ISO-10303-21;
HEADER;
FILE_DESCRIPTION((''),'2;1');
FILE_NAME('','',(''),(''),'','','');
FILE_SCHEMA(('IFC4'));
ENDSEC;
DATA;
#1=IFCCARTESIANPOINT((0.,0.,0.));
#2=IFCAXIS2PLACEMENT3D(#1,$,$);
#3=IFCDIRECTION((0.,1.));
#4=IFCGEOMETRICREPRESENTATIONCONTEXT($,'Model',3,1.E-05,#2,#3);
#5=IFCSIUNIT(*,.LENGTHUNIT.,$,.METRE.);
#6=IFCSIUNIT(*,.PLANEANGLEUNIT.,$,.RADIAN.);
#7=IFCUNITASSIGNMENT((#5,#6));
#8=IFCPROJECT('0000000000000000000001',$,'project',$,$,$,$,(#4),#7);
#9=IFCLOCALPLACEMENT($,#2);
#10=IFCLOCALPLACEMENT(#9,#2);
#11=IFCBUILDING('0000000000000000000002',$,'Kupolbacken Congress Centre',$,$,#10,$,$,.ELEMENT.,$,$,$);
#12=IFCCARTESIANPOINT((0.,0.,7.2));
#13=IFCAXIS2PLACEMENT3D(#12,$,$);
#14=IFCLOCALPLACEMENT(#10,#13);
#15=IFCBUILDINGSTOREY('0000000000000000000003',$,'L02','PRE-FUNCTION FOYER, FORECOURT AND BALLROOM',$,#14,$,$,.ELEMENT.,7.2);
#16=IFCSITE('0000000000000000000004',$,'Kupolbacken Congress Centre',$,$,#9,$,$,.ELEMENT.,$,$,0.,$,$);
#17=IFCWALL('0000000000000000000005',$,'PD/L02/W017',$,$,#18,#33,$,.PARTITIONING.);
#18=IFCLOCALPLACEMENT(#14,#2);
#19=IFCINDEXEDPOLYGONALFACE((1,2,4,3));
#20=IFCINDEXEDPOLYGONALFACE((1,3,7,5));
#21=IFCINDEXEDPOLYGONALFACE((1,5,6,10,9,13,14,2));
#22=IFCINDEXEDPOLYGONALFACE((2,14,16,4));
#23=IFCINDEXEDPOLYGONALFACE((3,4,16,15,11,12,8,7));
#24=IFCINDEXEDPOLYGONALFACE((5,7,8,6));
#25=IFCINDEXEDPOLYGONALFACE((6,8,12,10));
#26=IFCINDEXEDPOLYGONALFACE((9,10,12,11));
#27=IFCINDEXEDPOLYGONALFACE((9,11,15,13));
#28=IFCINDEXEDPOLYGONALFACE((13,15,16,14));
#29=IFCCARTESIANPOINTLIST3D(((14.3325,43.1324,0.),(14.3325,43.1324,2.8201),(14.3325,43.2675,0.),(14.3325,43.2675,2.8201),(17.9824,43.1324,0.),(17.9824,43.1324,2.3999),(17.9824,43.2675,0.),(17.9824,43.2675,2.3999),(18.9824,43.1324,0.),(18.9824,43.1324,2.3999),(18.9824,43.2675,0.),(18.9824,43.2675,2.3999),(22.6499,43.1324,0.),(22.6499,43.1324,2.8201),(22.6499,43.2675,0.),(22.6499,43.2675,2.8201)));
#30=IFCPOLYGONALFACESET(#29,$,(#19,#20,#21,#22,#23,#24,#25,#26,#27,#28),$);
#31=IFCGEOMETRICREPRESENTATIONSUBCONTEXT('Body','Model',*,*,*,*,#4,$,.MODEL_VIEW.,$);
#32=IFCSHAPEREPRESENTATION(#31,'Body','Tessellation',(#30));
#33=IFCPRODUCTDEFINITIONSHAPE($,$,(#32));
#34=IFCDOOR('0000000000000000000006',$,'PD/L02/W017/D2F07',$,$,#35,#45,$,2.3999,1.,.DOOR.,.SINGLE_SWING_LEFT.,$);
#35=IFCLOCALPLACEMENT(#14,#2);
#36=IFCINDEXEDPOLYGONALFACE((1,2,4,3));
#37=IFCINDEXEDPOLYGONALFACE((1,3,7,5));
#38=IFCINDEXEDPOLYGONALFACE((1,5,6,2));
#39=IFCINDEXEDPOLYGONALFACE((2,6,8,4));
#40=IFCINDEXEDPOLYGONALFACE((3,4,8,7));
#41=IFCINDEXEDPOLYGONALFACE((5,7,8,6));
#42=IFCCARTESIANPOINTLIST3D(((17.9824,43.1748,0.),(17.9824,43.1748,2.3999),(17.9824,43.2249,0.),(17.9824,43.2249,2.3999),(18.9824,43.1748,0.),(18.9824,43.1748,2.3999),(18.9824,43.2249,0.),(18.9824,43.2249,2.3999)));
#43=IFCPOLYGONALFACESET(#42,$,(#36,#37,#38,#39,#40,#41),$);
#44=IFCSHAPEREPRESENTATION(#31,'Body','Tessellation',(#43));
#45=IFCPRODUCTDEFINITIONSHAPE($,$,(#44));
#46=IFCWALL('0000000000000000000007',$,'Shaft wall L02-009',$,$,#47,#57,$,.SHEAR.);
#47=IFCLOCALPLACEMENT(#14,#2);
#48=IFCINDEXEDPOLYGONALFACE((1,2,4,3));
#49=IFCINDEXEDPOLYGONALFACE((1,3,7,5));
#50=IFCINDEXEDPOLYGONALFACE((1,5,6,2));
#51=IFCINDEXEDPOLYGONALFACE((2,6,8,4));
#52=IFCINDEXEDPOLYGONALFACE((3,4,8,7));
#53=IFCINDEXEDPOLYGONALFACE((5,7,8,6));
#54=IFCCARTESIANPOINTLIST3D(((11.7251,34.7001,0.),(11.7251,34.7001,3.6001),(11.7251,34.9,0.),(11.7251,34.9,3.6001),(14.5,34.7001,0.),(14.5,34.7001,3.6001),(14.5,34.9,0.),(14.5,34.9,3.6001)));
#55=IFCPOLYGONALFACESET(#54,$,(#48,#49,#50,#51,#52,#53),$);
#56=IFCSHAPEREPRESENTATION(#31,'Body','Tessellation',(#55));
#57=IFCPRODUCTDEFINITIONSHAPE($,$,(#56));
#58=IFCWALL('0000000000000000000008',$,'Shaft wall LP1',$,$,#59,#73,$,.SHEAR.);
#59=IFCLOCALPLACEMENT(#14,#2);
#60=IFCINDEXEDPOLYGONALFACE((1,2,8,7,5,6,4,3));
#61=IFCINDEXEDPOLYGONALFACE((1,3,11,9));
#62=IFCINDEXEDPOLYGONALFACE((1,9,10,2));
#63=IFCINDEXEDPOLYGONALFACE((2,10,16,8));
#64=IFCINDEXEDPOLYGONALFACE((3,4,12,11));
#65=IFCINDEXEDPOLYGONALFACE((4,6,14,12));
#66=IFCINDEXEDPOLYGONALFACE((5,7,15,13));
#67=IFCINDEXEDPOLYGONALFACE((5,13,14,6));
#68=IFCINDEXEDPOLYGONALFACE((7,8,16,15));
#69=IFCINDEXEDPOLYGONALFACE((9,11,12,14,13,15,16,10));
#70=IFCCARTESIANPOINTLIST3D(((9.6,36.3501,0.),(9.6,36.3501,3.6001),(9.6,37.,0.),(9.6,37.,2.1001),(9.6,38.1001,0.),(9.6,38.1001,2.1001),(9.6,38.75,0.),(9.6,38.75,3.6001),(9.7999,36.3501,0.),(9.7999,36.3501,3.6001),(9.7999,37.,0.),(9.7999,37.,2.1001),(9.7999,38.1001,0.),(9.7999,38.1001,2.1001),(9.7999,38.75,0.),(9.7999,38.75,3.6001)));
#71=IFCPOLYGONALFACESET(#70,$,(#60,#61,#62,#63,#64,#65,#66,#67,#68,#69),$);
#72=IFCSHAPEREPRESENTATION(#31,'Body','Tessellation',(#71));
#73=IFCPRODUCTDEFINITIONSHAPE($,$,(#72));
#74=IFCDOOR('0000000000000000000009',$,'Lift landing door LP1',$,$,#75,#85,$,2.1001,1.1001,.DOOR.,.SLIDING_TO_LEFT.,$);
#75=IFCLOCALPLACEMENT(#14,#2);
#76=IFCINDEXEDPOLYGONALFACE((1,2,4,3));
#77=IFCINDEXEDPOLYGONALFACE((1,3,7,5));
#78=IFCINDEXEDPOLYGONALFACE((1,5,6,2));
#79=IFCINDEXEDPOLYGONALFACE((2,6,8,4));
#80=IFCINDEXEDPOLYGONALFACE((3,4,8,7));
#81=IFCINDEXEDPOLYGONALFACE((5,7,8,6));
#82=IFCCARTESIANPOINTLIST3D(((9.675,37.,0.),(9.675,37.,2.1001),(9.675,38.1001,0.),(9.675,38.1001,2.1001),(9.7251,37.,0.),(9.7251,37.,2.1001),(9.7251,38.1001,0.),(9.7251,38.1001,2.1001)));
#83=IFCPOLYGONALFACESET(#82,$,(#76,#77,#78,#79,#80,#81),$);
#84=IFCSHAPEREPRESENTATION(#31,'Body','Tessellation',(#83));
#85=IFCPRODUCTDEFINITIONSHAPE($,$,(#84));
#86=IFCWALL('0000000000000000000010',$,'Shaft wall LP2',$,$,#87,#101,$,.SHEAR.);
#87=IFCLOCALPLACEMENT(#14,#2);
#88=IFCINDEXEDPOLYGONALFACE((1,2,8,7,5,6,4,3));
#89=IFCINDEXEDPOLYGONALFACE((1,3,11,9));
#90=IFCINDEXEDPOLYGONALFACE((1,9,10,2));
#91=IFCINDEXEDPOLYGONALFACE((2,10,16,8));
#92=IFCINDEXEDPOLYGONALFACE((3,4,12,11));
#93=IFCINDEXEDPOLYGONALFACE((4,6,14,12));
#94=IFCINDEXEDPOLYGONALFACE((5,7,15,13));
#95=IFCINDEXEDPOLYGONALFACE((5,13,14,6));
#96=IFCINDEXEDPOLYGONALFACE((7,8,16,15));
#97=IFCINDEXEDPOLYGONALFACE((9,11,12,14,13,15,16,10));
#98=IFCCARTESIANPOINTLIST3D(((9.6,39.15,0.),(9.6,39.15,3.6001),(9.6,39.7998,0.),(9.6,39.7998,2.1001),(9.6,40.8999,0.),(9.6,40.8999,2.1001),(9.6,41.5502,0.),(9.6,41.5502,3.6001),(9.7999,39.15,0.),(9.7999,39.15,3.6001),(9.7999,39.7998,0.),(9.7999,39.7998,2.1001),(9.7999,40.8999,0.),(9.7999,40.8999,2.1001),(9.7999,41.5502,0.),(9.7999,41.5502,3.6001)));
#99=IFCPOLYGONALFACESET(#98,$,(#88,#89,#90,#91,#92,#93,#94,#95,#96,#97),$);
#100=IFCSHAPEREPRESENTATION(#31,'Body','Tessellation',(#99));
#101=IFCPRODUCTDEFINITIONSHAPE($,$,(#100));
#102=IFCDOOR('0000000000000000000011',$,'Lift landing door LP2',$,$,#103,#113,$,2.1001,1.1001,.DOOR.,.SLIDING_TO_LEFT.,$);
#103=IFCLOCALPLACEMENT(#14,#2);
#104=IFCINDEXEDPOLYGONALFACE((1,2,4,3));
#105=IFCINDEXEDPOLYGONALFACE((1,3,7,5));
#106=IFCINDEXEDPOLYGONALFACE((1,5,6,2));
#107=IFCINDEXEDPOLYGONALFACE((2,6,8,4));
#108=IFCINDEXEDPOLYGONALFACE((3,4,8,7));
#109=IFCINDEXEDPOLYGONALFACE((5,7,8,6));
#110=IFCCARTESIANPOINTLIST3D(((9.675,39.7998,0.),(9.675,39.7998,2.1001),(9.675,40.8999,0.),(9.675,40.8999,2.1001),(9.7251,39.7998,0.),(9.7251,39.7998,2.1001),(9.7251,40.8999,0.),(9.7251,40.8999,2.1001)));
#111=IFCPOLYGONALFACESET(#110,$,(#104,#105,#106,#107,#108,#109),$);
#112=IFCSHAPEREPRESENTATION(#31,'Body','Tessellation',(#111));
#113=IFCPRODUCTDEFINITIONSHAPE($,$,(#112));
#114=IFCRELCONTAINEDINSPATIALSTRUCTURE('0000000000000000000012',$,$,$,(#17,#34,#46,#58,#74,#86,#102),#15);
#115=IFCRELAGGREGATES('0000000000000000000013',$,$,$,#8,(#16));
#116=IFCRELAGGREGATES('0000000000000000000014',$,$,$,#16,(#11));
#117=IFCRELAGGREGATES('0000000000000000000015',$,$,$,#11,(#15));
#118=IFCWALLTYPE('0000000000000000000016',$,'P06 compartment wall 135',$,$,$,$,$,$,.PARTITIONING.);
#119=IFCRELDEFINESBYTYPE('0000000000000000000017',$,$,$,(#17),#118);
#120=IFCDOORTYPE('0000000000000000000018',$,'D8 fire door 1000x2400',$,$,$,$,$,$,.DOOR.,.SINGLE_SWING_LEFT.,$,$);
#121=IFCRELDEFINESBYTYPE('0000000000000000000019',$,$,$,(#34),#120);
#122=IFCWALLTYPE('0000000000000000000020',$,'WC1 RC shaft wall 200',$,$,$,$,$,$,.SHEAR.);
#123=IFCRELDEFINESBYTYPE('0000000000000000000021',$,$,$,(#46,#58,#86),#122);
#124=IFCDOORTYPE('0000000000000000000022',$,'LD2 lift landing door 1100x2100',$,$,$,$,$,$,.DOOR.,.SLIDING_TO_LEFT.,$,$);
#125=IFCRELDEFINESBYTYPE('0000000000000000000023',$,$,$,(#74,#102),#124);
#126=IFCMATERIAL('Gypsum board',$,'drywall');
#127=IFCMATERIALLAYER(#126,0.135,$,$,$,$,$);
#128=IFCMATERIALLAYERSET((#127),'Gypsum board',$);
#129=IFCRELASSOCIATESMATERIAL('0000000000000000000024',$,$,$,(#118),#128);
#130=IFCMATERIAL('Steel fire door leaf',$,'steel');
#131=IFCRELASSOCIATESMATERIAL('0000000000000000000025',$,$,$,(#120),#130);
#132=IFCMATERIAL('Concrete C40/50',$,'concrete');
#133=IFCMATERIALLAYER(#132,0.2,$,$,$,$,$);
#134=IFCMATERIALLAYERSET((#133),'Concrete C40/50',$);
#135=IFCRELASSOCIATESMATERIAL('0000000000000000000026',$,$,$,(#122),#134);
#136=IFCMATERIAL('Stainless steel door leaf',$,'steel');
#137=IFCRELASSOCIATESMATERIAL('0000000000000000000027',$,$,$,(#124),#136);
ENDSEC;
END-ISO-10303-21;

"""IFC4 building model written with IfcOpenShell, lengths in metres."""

from ifc_helpers import new_model, si_unit, direction, frame, frame_2d, origin, place, context, subcontext, project, spatial, rectangle, extrude, material, layer, layer_set, type_object, element, fill, save


model = new_model("IFC4")

# Units and contexts
model_context = context("Model", 3, precision=1e-05, world=origin(), true_north=direction((0.0, 1.0)))
body_context = subcontext(model_context, "Body", "Model", "MODEL_VIEW")
ifc_project = project(units=[si_unit("LENGTHUNIT", "METRE"), si_unit("PLANEANGLEUNIT", "RADIAN")], contexts=[model_context])

# Site, building, storey
site_placement = place(None, origin())
site = spatial("IfcSite", under=ifc_project, at=site_placement, Name="Kupolbacken Congress Centre", CompositionType="ELEMENT", RefElevation=0.0)
building_placement = place(site_placement, origin())
building = spatial("IfcBuilding", under=site, at=building_placement, Name="Kupolbacken Congress Centre", CompositionType="ELEMENT")
storey_placement = place(building_placement, frame((0.0, 0.0, 7.2)))
storey = spatial("IfcBuildingStorey", under=building, at=storey_placement, Name="L02", Description="PRE-FUNCTION FOYER, FORECOURT AND BALLROOM", CompositionType="ELEMENT", Elevation=7.2)

# Wall, opening, door
ifc_material_1 = material(Name="Gypsum board", Category="drywall")
ifc_layer_1 = layer(ifc_material_1, 0.135)
ifc_layer_set_1 = layer_set([ifc_layer_1], Name="Gypsum board")
wall_type_1 = type_object("IfcWallType", Name="P06 compartment wall 135", PredefinedType="PARTITIONING", material=ifc_layer_set_1)
wall_1_placement = place(storey_placement, frame((14.3325, 43.2, 0.0), z_axis=(0.0, 0.0, 1.0), x_axis=(1.0, 0.0, 0.0)))
wall_1 = element("IfcWall", 1, at=wall_1_placement, inside=storey, type_object=wall_type_1, Name="PD/L02/W017", PredefinedType="PARTITIONING", context=body_context, shape_type="SweptSolid", body=[
    extrude(rectangle(XDim=8.3174, YDim=0.135, at=frame_2d((4.1587, 0.0))), origin(), (0.0, 0.0, 1.0), 2.8201),
])
opening_1_placement = place(wall_1_placement, frame((3.6499, 0.0, 0.0)))
opening_1 = element("IfcOpeningElement", 2, at=opening_1_placement, cuts=wall_1, PredefinedType="OPENING", context=body_context, shape_type="SweptSolid", body=[
    extrude(rectangle(XDim=1.0, YDim=2.3999, at=frame_2d((0.5, 1.2))), frame((0.0, 0.0774, 0.0), z_axis=(0.0, -1.0, 0.0), x_axis=(1.0, 0.0, 0.0)), (0.0, 0.0, 1.0), 0.155),
])
ifc_material_2 = material(Name="Steel fire door leaf", Category="steel")
door_type_1 = type_object("IfcDoorType", Name="D8 fire door 1000x2400", OperationType="SINGLE_SWING_LEFT", PredefinedType="DOOR", material=ifc_material_2)
door_1_placement = place(opening_1_placement, origin())
door_1 = element("IfcDoor", 3, at=door_1_placement, inside=storey, type_object=door_type_1, Name="PD/L02/W017/D2F07", OperationType="SINGLE_SWING_LEFT", OverallHeight=2.3999, OverallWidth=1.0, PredefinedType="DOOR", context=body_context, shape_type="SweptSolid", body=[
    extrude(rectangle(XDim=1.0, YDim=2.3999, at=frame_2d((0.5, 1.2))), frame((0.0, 0.0249, 0.0), z_axis=(0.0, -1.0, 0.0), x_axis=(1.0, 0.0, 0.0)), (0.0, 0.0, 1.0), 0.05),
])
fill(opening_1, door_1)

# Wall
ifc_material_3 = material(Name="Concrete C40/50", Category="concrete")
ifc_layer_2 = layer(ifc_material_3, 0.2)
ifc_layer_set_2 = layer_set([ifc_layer_2], Name="Concrete C40/50")
wall_type_2 = type_object("IfcWallType", Name="WC1 RC shaft wall 200", PredefinedType="SHEAR", material=ifc_layer_set_2)
wall_2_placement = place(storey_placement, frame((14.5, 34.8, 0.0), z_axis=(0.0, 0.0, 1.0), x_axis=(-1.0, 0.0, 0.0)))
element("IfcWall", 4, at=wall_2_placement, inside=storey, type_object=wall_type_2, Name="Shaft wall L02-009", PredefinedType="SHEAR", context=body_context, shape_type="SweptSolid", body=[
    extrude(rectangle(XDim=2.7749, YDim=0.2, at=frame_2d((1.3875, 0.0))), origin(), (0.0, 0.0, 1.0), 3.6001),
])

# Walls, openings, doors
wall_3_placement = place(storey_placement, frame((9.7, 36.3501, 0.0), z_axis=(0.0, 0.0, 1.0), x_axis=(0.0, 1.0, 0.0)))
wall_3 = element("IfcWall", 5, at=wall_3_placement, inside=storey, type_object=wall_type_2, Name="Shaft wall LP1", PredefinedType="SHEAR", context=body_context, shape_type="SweptSolid", body=[
    extrude(rectangle(XDim=2.3999, YDim=0.2, at=frame_2d((1.2, 0.0))), origin(), (0.0, 0.0, 1.0), 3.6001),
])
opening_2_placement = place(wall_3_placement, frame((0.6499, 0.0, 0.0)))
opening_2 = element("IfcOpeningElement", 6, at=opening_2_placement, cuts=wall_3, PredefinedType="OPENING", context=body_context, shape_type="SweptSolid", body=[
    extrude(rectangle(XDim=1.1001, YDim=2.1001, at=frame_2d((0.55, 1.05))), frame((0.0, 0.1099, 0.0), z_axis=(0.0, -1.0, 0.0), x_axis=(1.0, 0.0, 0.0)), (0.0, 0.0, 1.0), 0.22),
])
ifc_material_4 = material(Name="Stainless steel door leaf", Category="steel")
door_type_2 = type_object("IfcDoorType", Name="LD2 lift landing door 1100x2100", OperationType="SLIDING_TO_LEFT", PredefinedType="DOOR", material=ifc_material_4)
door_2_placement = place(opening_2_placement, origin())
door_2 = element("IfcDoor", 7, at=door_2_placement, inside=storey, type_object=door_type_2, Name="Lift landing door LP1", OperationType="SLIDING_TO_LEFT", OverallHeight=2.1001, OverallWidth=1.1001, PredefinedType="DOOR", context=body_context, shape_type="SweptSolid", body=[
    extrude(rectangle(XDim=1.1001, YDim=2.1001, at=frame_2d((0.55, 1.05))), frame((0.0, 0.0249, 0.0), z_axis=(0.0, -1.0, 0.0), x_axis=(1.0, 0.0, 0.0)), (0.0, 0.0, 1.0), 0.05),
])
fill(opening_2, door_2)
wall_4_placement = place(storey_placement, frame((9.7, 39.1499, 0.0), z_axis=(0.0, 0.0, 1.0), x_axis=(0.0, 1.0, 0.0)))
wall_4 = element("IfcWall", 8, at=wall_4_placement, inside=storey, type_object=wall_type_2, Name="Shaft wall LP2", PredefinedType="SHEAR", context=body_context, shape_type="SweptSolid", body=[
    extrude(rectangle(XDim=2.4001, YDim=0.2, at=frame_2d((1.2002, 0.0))), origin(), (0.0, 0.0, 1.0), 3.6001),
])
opening_3_placement = place(wall_4_placement, frame((0.6499, 0.0, 0.0)))
opening_3 = element("IfcOpeningElement", 9, at=opening_3_placement, cuts=wall_4, PredefinedType="OPENING", context=body_context, shape_type="SweptSolid", body=[
    extrude(rectangle(XDim=1.1001, YDim=2.1001, at=frame_2d((0.55, 1.05))), frame((0.0, 0.1099, 0.0), z_axis=(0.0, -1.0, 0.0), x_axis=(1.0, 0.0, 0.0)), (0.0, 0.0, 1.0), 0.22),
])
door_3_placement = place(opening_3_placement, origin())
door_3 = element("IfcDoor", 10, at=door_3_placement, inside=storey, type_object=door_type_2, Name="Lift landing door LP2", OperationType="SLIDING_TO_LEFT", OverallHeight=2.1001, OverallWidth=1.1001, PredefinedType="DOOR", context=body_context, shape_type="SweptSolid", body=[
    extrude(rectangle(XDim=1.1001, YDim=2.1001, at=frame_2d((0.55, 1.05))), frame((0.0, 0.0249, 0.0), z_axis=(0.0, -1.0, 0.0), x_axis=(1.0, 0.0, 0.0)), (0.0, 0.0, 1.0), 0.05),
])
fill(opening_3, door_3)

save(model, "model.ifc")
